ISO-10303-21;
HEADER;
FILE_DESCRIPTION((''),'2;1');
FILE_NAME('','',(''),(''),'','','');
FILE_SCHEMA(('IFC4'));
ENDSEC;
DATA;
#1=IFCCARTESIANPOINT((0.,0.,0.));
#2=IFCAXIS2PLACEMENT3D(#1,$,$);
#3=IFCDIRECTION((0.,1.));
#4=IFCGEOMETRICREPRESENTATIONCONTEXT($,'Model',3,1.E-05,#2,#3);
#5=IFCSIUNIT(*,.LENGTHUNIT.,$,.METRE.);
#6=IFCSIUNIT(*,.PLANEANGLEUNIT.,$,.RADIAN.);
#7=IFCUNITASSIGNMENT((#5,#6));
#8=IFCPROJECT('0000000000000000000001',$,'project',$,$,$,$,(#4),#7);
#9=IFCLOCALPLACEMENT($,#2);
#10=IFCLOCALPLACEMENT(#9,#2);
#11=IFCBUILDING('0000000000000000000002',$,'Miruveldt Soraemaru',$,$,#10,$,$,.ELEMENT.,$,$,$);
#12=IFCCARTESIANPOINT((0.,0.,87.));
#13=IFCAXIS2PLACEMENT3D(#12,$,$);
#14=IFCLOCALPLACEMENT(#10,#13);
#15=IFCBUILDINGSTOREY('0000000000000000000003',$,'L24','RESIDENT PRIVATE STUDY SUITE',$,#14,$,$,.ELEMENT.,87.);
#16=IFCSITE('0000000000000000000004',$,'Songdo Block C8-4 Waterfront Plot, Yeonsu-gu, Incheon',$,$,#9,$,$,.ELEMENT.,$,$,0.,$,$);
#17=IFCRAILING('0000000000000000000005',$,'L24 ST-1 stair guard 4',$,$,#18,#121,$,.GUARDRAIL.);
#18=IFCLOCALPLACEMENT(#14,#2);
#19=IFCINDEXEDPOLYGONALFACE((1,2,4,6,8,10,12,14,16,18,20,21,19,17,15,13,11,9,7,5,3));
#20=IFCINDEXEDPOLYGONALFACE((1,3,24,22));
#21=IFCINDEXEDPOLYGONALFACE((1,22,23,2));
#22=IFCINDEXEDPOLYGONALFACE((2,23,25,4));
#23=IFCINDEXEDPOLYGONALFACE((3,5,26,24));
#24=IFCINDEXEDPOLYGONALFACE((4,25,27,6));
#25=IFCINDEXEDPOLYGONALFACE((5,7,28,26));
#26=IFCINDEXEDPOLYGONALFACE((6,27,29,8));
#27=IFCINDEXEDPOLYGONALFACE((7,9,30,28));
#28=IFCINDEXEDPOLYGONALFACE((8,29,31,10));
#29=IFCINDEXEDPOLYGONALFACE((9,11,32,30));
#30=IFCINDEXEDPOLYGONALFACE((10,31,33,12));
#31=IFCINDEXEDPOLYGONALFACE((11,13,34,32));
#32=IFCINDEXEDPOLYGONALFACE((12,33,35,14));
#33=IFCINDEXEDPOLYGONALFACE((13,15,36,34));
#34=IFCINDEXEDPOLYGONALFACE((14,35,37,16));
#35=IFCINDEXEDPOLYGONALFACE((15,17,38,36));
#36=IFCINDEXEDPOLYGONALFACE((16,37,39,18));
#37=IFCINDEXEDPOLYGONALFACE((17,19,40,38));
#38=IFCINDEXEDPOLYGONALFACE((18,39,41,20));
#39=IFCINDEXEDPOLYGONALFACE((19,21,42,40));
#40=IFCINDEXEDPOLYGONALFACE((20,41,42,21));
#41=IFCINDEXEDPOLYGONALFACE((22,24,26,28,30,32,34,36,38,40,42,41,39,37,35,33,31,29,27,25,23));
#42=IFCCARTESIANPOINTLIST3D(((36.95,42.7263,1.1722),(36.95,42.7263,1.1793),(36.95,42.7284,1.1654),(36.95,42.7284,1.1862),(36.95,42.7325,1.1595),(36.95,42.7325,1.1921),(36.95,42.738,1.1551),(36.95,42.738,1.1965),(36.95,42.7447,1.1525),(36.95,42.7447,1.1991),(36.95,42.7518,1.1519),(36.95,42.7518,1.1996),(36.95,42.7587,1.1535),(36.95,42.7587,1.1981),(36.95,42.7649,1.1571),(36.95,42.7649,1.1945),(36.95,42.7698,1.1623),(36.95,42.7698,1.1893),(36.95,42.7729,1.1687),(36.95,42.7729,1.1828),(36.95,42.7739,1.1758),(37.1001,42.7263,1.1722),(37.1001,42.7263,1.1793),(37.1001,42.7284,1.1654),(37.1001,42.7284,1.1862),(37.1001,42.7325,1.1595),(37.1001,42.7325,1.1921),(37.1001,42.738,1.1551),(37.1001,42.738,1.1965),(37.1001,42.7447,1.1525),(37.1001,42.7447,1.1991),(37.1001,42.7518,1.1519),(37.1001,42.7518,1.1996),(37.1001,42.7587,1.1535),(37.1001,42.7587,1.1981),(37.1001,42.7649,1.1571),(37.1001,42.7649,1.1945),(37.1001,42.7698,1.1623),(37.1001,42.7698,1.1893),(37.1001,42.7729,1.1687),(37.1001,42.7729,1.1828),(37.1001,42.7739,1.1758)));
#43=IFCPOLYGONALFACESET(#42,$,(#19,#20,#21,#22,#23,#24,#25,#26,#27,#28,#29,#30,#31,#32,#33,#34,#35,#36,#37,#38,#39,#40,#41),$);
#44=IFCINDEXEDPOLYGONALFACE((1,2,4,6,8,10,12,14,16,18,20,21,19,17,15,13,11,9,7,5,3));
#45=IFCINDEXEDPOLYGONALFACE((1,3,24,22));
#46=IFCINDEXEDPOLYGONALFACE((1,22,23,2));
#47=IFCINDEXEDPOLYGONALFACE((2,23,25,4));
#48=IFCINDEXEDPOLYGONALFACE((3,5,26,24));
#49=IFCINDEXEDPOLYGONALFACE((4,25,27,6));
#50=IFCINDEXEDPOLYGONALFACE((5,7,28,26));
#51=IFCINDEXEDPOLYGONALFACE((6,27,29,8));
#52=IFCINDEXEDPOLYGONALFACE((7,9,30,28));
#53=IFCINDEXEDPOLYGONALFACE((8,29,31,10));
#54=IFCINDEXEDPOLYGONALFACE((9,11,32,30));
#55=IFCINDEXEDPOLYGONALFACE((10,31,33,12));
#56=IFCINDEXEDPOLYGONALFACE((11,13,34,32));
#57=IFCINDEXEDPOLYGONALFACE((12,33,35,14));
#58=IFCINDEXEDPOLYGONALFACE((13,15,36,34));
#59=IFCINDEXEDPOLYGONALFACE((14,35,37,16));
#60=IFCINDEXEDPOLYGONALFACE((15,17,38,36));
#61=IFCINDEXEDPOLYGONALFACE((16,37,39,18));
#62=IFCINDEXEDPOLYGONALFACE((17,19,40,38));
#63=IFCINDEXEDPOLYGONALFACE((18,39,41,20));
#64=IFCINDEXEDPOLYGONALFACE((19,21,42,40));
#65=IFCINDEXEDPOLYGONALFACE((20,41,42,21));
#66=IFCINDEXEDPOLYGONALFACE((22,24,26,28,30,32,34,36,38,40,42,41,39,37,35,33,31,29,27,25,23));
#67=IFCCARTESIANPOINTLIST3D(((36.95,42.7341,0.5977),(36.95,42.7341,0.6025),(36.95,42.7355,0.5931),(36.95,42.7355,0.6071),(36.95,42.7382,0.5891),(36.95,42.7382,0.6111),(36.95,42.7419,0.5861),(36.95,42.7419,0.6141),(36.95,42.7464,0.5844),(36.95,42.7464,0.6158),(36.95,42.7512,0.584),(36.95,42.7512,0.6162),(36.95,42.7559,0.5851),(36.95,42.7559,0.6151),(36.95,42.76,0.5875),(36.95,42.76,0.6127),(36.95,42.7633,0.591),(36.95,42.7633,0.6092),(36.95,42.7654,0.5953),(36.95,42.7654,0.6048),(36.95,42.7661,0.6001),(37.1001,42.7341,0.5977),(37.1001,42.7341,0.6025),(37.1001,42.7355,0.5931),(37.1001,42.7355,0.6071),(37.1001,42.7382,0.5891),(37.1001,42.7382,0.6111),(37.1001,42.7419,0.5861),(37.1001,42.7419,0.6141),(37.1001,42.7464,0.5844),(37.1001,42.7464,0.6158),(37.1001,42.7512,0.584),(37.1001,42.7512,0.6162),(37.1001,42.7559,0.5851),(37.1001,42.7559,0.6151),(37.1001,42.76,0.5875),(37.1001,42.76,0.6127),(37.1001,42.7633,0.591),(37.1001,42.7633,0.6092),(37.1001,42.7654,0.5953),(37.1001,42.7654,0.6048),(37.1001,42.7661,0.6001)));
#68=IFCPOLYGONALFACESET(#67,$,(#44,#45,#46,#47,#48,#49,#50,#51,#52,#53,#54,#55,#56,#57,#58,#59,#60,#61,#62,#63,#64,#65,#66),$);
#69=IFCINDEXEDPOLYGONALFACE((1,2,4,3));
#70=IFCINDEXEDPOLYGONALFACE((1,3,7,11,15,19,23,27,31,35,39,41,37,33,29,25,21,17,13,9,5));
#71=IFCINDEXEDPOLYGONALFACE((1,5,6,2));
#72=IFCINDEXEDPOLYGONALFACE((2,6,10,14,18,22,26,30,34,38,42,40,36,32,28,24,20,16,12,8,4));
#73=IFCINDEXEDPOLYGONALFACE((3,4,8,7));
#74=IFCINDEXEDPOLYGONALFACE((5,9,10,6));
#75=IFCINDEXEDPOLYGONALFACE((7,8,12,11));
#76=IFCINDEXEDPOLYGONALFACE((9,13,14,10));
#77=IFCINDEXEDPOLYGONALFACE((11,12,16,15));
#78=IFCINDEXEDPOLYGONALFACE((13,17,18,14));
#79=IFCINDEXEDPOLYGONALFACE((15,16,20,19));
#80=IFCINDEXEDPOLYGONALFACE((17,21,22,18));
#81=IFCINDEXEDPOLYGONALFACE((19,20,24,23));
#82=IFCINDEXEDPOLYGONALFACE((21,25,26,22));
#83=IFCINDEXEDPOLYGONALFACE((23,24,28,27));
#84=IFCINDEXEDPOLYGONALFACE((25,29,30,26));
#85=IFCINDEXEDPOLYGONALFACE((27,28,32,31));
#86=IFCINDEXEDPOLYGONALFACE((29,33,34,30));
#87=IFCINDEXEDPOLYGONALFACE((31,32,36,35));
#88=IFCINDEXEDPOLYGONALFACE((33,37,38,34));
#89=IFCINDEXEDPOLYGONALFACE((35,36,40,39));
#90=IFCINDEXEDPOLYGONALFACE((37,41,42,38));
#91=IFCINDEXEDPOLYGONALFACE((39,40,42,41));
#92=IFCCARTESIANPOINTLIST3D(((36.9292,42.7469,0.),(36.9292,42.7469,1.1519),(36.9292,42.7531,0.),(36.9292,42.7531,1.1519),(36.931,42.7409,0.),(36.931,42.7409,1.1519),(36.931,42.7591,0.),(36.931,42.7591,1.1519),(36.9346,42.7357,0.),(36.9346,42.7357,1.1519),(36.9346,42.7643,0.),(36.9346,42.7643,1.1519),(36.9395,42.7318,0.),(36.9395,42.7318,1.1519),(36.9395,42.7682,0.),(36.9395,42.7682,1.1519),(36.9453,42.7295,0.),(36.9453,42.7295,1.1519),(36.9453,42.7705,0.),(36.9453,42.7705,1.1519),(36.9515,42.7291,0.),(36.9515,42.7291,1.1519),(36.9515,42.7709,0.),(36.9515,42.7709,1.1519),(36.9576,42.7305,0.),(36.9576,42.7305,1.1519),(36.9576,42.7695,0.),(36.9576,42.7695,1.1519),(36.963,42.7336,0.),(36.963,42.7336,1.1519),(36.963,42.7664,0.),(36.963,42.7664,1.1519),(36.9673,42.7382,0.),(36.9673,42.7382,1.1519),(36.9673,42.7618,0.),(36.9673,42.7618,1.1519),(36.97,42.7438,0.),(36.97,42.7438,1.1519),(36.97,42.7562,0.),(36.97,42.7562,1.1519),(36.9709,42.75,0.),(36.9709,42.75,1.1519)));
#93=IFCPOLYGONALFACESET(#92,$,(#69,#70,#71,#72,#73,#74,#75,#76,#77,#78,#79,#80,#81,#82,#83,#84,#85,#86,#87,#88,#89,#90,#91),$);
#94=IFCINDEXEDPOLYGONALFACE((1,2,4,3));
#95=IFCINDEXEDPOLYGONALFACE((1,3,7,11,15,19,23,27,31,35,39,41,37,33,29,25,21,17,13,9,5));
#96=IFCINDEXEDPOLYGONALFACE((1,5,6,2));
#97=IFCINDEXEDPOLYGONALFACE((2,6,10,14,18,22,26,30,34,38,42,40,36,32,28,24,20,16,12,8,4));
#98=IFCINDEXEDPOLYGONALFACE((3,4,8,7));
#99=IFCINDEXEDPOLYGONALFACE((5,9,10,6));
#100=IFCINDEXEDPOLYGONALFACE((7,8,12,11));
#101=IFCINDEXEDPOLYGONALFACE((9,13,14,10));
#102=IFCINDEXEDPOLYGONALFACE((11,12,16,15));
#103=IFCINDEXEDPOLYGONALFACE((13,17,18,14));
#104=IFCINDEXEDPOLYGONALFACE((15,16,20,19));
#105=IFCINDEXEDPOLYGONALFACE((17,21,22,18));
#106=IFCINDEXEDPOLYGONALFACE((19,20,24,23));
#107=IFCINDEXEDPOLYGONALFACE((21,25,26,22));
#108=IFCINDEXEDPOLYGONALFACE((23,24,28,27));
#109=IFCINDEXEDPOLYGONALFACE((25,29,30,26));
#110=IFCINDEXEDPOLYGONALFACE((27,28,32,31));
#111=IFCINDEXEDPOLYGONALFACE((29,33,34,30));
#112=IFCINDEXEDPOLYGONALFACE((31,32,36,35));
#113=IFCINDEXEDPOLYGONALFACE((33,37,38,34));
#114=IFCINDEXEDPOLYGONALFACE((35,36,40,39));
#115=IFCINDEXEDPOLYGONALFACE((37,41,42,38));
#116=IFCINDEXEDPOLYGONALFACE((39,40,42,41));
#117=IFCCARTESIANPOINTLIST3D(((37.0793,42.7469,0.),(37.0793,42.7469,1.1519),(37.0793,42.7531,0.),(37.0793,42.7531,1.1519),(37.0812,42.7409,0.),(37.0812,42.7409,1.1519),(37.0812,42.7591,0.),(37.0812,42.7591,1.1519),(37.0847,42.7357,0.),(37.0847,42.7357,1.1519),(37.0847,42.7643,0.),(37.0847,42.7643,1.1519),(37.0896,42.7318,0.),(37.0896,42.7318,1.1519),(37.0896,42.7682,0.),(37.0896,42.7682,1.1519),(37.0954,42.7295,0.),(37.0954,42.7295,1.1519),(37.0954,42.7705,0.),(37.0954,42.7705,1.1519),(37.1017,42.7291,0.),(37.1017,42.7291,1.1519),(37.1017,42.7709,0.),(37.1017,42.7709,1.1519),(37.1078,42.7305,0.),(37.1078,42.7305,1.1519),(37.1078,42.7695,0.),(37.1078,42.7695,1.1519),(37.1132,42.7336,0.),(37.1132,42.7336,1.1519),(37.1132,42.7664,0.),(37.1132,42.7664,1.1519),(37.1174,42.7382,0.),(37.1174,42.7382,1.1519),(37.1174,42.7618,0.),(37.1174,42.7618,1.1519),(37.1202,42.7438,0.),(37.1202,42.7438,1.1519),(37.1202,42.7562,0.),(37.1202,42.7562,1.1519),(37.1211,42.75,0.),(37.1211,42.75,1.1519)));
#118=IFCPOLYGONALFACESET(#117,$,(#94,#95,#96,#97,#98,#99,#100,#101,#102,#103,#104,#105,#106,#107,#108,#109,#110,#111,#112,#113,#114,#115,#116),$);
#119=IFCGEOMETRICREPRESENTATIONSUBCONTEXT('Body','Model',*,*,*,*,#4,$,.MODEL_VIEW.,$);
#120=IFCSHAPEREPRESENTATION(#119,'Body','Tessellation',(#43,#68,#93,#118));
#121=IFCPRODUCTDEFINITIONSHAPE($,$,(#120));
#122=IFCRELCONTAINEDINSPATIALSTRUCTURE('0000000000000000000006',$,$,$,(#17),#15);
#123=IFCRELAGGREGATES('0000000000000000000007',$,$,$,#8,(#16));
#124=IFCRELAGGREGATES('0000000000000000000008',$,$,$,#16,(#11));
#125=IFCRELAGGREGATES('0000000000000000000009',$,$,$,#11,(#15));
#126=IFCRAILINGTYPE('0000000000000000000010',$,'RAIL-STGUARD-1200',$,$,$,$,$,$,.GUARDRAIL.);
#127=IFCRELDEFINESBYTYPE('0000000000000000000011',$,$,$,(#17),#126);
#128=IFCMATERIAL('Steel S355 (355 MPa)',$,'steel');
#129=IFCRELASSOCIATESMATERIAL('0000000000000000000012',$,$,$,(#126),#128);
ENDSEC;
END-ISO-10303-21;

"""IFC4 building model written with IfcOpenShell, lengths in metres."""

from ifc_helpers import new_model, si_unit, direction, frame, origin, origin_2d, place, context, subcontext, project, spatial, circle, extrude, material, type_object, element, save


model = new_model("IFC4")

# Units and contexts
model_context = context("Model", 3, precision=1e-05, world=origin(), true_north=direction((0.0, 1.0)))
body_context = subcontext(model_context, "Body", "Model", "MODEL_VIEW")
ifc_project = project(units=[si_unit("LENGTHUNIT", "METRE"), si_unit("PLANEANGLEUNIT", "RADIAN")], contexts=[model_context])

# Site, building, storey
site_placement = place(None, origin())
site = spatial("IfcSite", under=ifc_project, at=site_placement, Name="Songdo Block C8-4 Waterfront Plot, Yeonsu-gu, Incheon", CompositionType="ELEMENT", RefElevation=0.0)
building_placement = place(site_placement, origin())
building = spatial("IfcBuilding", under=site, at=building_placement, Name="Miruveldt Soraemaru", CompositionType="ELEMENT")
storey_placement = place(building_placement, frame((0.0, 0.0, 87.0)))
storey = spatial("IfcBuildingStorey", under=building, at=storey_placement, Name="L24", Description="RESIDENT PRIVATE STUDY SUITE", CompositionType="ELEMENT", Elevation=87.0)

# Railing
ifc_material_1 = material(Name="Steel S355 (355 MPa)", Category="steel")
railing_type_1 = type_object("IfcRailingType", Name="RAIL-STGUARD-1200", PredefinedType="GUARDRAIL", material=ifc_material_1)
railing_1_placement = place(storey_placement, frame((36.95, 42.75, 0.0)))
element("IfcRailing", 1, at=railing_1_placement, inside=storey, type_object=railing_type_1, Name="L24 ST-1 stair guard 4", PredefinedType="GUARDRAIL", context=body_context, shape_type="SweptSolid", body=[
    extrude(circle(Radius=0.0239, at=origin_2d()), frame((0.0, 0.0, 1.1758), z_axis=(1.0, 0.0, 0.0), x_axis=(0.0, 1.0, 0.0)), (0.0, 0.0, 1.0), 0.1501),
    extrude(circle(Radius=0.0161, at=origin_2d()), frame((0.0, 0.0, 0.6001), z_axis=(1.0, 0.0, 0.0), x_axis=(0.0, 1.0, 0.0)), (0.0, 0.0, 1.0), 0.1501),
    extrude(circle(Radius=0.021, at=origin_2d()), origin(), (0.0, 0.0, 1.0), 1.1519),
    extrude(circle(Radius=0.021, at=origin_2d()), frame((0.1501, 0.0, 0.0)), (0.0, 0.0, 1.0), 1.1519),
])

save(model, "model.ifc")
